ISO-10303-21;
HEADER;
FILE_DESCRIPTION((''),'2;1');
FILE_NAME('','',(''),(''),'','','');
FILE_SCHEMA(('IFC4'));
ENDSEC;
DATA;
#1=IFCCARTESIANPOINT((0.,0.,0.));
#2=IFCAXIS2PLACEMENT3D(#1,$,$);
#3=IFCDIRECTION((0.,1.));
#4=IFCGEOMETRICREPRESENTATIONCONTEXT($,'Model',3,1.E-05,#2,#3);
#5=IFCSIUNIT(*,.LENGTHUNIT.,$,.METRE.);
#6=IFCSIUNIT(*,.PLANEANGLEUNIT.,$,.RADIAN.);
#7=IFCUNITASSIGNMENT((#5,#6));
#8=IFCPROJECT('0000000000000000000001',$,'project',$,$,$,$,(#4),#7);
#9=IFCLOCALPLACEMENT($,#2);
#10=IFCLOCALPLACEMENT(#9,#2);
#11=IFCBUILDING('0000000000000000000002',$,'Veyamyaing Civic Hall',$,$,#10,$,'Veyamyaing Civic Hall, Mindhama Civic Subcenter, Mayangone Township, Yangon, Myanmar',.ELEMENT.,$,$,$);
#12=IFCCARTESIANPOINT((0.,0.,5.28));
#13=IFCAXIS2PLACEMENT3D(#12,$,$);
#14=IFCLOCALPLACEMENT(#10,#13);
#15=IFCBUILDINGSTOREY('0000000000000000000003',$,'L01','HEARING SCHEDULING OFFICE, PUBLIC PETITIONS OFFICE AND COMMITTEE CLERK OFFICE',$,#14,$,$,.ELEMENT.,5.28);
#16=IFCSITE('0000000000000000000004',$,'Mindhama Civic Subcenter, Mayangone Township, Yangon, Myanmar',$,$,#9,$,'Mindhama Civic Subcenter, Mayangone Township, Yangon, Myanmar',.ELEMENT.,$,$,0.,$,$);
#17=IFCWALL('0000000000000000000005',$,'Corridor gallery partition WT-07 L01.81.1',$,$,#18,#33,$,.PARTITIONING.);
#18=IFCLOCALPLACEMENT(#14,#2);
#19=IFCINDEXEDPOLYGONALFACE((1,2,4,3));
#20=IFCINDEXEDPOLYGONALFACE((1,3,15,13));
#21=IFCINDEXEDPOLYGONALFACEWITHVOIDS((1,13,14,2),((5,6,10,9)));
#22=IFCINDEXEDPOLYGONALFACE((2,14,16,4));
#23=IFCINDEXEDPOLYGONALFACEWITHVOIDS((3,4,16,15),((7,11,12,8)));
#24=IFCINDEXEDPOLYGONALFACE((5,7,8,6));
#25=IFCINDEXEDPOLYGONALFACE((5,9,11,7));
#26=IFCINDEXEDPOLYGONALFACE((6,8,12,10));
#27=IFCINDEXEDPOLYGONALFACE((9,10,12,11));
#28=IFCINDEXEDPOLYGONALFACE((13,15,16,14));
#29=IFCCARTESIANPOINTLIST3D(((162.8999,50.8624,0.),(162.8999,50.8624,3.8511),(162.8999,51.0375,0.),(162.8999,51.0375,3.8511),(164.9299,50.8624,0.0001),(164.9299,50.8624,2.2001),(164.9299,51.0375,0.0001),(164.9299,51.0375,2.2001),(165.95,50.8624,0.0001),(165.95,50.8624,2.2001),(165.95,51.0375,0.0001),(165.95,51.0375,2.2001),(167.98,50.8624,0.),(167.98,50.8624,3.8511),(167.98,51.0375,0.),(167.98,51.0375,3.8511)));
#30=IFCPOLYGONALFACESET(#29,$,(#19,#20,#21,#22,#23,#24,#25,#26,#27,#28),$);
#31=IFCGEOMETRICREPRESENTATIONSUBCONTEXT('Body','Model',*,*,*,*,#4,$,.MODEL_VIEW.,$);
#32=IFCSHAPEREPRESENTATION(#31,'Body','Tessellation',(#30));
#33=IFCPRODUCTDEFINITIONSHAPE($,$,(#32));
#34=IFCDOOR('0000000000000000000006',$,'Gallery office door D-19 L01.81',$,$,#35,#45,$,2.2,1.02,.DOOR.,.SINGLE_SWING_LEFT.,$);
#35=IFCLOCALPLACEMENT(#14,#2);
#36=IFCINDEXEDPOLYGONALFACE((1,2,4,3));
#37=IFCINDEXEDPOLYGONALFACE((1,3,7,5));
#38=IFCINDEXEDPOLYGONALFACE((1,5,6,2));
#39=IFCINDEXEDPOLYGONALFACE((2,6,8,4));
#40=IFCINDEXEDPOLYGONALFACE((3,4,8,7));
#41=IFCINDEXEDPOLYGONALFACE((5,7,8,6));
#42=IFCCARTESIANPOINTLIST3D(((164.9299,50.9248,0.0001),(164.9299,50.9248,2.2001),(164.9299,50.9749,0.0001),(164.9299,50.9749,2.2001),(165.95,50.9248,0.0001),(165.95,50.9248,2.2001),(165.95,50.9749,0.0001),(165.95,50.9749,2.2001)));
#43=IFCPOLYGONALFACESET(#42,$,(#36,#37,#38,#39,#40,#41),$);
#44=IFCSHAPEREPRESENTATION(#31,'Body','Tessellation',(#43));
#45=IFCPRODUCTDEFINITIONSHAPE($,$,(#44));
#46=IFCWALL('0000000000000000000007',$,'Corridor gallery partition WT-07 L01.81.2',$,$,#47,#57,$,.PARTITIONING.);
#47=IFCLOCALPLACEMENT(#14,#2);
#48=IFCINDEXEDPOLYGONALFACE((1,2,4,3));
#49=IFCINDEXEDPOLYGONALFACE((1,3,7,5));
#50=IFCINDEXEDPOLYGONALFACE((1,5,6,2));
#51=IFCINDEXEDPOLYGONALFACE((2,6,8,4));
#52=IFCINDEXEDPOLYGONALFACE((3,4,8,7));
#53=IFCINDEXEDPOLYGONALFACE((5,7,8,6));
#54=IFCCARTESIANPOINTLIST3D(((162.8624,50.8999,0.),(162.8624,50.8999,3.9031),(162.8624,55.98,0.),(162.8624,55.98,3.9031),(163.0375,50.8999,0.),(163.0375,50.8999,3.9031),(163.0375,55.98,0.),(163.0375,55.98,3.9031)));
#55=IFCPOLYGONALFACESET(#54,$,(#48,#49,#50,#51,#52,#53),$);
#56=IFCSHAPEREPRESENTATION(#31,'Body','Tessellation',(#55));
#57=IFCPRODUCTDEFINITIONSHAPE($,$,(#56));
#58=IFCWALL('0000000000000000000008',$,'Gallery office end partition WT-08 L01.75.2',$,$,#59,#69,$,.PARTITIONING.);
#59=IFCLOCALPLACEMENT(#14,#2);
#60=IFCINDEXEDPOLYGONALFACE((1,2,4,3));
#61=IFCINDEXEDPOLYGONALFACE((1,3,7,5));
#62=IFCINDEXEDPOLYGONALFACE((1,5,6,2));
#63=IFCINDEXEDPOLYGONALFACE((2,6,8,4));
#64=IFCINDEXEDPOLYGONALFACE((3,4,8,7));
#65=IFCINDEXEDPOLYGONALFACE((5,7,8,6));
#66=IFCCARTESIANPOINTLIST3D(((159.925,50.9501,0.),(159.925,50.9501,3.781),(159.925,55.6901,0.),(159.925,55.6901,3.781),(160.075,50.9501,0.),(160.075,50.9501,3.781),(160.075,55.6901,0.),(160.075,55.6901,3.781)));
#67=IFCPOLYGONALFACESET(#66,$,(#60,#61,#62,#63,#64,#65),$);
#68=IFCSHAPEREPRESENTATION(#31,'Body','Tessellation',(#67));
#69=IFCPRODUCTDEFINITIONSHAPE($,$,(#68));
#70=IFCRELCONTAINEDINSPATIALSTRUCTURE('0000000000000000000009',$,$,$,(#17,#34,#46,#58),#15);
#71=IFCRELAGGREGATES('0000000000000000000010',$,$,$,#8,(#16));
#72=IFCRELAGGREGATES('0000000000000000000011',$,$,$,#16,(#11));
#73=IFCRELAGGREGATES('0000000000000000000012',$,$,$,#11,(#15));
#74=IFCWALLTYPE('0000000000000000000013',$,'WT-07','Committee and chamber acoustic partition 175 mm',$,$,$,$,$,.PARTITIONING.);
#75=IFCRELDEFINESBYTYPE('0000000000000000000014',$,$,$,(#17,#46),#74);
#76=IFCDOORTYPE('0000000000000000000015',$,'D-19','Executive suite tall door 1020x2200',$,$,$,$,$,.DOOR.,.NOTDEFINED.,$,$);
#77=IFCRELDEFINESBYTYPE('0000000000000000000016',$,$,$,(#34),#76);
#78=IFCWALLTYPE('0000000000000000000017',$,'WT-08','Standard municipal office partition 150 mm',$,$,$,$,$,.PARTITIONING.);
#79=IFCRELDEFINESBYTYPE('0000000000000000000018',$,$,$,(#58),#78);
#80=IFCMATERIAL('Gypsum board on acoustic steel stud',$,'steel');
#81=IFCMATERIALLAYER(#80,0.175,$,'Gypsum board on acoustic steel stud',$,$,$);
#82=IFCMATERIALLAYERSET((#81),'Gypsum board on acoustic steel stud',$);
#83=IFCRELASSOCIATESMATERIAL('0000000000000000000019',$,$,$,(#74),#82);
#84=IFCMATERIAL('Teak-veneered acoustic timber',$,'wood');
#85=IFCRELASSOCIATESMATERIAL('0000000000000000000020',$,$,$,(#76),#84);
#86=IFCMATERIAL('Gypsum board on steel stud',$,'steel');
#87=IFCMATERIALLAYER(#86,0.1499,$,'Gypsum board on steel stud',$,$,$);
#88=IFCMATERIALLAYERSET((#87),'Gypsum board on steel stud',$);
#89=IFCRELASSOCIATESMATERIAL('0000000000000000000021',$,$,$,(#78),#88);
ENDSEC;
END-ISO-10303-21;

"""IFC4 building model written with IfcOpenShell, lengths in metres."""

from ifc_helpers import new_model, si_unit, direction, frame, frame_2d, origin, place, context, subcontext, project, spatial, rectangle, extrude, material, layer, layer_set, type_object, element, fill, save


model = new_model("IFC4")

# Units and contexts
model_context = context("Model", 3, precision=1e-05, world=origin(), true_north=direction((0.0, 1.0)))
body_context = subcontext(model_context, "Body", "Model", "MODEL_VIEW")
ifc_project = project(units=[si_unit("LENGTHUNIT", "METRE"), si_unit("PLANEANGLEUNIT", "RADIAN")], contexts=[model_context])

# Site, building, storey
site_placement = place(None, origin())
site = spatial("IfcSite", under=ifc_project, at=site_placement, Name="Mindhama Civic Subcenter, Mayangone Township, Yangon, Myanmar", LongName="Mindhama Civic Subcenter, Mayangone Township, Yangon, Myanmar", CompositionType="ELEMENT", RefElevation=0.0)
building_placement = place(site_placement, origin())
building = spatial("IfcBuilding", under=site, at=building_placement, Name="Veyamyaing Civic Hall", LongName="Veyamyaing Civic Hall, Mindhama Civic Subcenter, Mayangone Township, Yangon, Myanmar", CompositionType="ELEMENT")
storey_placement = place(building_placement, frame((0.0, 0.0, 5.28)))
storey = spatial("IfcBuildingStorey", under=building, at=storey_placement, Name="L01", Description="HEARING SCHEDULING OFFICE, PUBLIC PETITIONS OFFICE AND COMMITTEE CLERK OFFICE", CompositionType="ELEMENT", Elevation=5.28)

# Wall, opening, door
ifc_material_1 = material(Name="Gypsum board on acoustic steel stud", Category="steel")
ifc_layer_1 = layer(ifc_material_1, 0.175, Name="Gypsum board on acoustic steel stud")
ifc_layer_set_1 = layer_set([ifc_layer_1], Name="Gypsum board on acoustic steel stud")
wall_type_1 = type_object("IfcWallType", Name="WT-07", Description="Committee and chamber acoustic partition 175 mm", PredefinedType="PARTITIONING", material=ifc_layer_set_1)
wall_1_placement = place(storey_placement, frame((162.8999, 50.95, 0.0), z_axis=(0.0, 0.0, 1.0), x_axis=(1.0, 0.0, 0.0)))
wall_1 = element("IfcWall", 1, at=wall_1_placement, inside=storey, type_object=wall_type_1, Name="Corridor gallery partition WT-07 L01.81.1", PredefinedType="PARTITIONING", context=body_context, shape_type="SweptSolid", body=[
    extrude(rectangle(XDim=5.0801, YDim=0.175, at=frame_2d((2.54, 0.0))), origin(), (0.0, 0.0, 1.0), 3.8511),
])
opening_placement = place(wall_1_placement, frame((2.03, 0.0, 0.0)))
opening = element("IfcOpeningElement", 2, at=opening_placement, cuts=wall_1, PredefinedType="OPENING", context=body_context, shape_type="SweptSolid", body=[
    extrude(rectangle(XDim=1.02, YDim=2.2, at=frame_2d((0.51, 1.1001))), frame((0.0, 0.0974, 0.0), z_axis=(0.0, -1.0, 0.0), x_axis=(1.0, 0.0, 0.0)), (0.0, 0.0, 1.0), 0.1951),
])
ifc_material_2 = material(Name="Teak-veneered acoustic timber", Category="wood")
door_type = type_object("IfcDoorType", Name="D-19", Description="Executive suite tall door 1020x2200", OperationType="NOTDEFINED", PredefinedType="DOOR", material=ifc_material_2)
door_placement = place(opening_placement, origin())
door = element("IfcDoor", 3, at=door_placement, inside=storey, type_object=door_type, Name="Gallery office door D-19 L01.81", OperationType="SINGLE_SWING_LEFT", OverallHeight=2.2, OverallWidth=1.02, PredefinedType="DOOR", context=body_context, shape_type="SweptSolid", body=[
    extrude(rectangle(XDim=1.02, YDim=2.2, at=frame_2d((0.51, 1.1001))), frame((0.0, 0.0249, 0.0), z_axis=(0.0, -1.0, 0.0), x_axis=(1.0, 0.0, 0.0)), (0.0, 0.0, 1.0), 0.05),
])
fill(opening, door)

# Walls
wall_2_placement = place(storey_placement, frame((162.95, 50.8999, 0.0), z_axis=(0.0, 0.0, 1.0), x_axis=(0.0, 1.0, 0.0)))
element("IfcWall", 4, at=wall_2_placement, inside=storey, type_object=wall_type_1, Name="Corridor gallery partition WT-07 L01.81.2", PredefinedType="PARTITIONING", context=body_context, shape_type="SweptSolid", body=[
    extrude(rectangle(XDim=5.0801, YDim=0.175, at=frame_2d((2.54, 0.0))), origin(), (0.0, 0.0, 1.0), 3.9031),
])
ifc_material_3 = material(Name="Gypsum board on steel stud", Category="steel")
ifc_layer_2 = layer(ifc_material_3, 0.1499, Name="Gypsum board on steel stud")
ifc_layer_set_2 = layer_set([ifc_layer_2], Name="Gypsum board on steel stud")
wall_type_2 = type_object("IfcWallType", Name="WT-08", Description="Standard municipal office partition 150 mm", PredefinedType="PARTITIONING", material=ifc_layer_set_2)
wall_3_placement = place(storey_placement, frame((160.0, 50.95, 0.0), z_axis=(0.0, 0.0, 1.0), x_axis=(0.0, 1.0, 0.0)))
element("IfcWall", 5, at=wall_3_placement, inside=storey, type_object=wall_type_2, Name="Gallery office end partition WT-08 L01.75.2", PredefinedType="PARTITIONING", context=body_context, shape_type="SweptSolid", body=[
    extrude(rectangle(XDim=4.74, YDim=0.1499, at=frame_2d((2.3701, 0.0))), origin(), (0.0, 0.0, 1.0), 3.781),
])

save(model, "model.ifc")
